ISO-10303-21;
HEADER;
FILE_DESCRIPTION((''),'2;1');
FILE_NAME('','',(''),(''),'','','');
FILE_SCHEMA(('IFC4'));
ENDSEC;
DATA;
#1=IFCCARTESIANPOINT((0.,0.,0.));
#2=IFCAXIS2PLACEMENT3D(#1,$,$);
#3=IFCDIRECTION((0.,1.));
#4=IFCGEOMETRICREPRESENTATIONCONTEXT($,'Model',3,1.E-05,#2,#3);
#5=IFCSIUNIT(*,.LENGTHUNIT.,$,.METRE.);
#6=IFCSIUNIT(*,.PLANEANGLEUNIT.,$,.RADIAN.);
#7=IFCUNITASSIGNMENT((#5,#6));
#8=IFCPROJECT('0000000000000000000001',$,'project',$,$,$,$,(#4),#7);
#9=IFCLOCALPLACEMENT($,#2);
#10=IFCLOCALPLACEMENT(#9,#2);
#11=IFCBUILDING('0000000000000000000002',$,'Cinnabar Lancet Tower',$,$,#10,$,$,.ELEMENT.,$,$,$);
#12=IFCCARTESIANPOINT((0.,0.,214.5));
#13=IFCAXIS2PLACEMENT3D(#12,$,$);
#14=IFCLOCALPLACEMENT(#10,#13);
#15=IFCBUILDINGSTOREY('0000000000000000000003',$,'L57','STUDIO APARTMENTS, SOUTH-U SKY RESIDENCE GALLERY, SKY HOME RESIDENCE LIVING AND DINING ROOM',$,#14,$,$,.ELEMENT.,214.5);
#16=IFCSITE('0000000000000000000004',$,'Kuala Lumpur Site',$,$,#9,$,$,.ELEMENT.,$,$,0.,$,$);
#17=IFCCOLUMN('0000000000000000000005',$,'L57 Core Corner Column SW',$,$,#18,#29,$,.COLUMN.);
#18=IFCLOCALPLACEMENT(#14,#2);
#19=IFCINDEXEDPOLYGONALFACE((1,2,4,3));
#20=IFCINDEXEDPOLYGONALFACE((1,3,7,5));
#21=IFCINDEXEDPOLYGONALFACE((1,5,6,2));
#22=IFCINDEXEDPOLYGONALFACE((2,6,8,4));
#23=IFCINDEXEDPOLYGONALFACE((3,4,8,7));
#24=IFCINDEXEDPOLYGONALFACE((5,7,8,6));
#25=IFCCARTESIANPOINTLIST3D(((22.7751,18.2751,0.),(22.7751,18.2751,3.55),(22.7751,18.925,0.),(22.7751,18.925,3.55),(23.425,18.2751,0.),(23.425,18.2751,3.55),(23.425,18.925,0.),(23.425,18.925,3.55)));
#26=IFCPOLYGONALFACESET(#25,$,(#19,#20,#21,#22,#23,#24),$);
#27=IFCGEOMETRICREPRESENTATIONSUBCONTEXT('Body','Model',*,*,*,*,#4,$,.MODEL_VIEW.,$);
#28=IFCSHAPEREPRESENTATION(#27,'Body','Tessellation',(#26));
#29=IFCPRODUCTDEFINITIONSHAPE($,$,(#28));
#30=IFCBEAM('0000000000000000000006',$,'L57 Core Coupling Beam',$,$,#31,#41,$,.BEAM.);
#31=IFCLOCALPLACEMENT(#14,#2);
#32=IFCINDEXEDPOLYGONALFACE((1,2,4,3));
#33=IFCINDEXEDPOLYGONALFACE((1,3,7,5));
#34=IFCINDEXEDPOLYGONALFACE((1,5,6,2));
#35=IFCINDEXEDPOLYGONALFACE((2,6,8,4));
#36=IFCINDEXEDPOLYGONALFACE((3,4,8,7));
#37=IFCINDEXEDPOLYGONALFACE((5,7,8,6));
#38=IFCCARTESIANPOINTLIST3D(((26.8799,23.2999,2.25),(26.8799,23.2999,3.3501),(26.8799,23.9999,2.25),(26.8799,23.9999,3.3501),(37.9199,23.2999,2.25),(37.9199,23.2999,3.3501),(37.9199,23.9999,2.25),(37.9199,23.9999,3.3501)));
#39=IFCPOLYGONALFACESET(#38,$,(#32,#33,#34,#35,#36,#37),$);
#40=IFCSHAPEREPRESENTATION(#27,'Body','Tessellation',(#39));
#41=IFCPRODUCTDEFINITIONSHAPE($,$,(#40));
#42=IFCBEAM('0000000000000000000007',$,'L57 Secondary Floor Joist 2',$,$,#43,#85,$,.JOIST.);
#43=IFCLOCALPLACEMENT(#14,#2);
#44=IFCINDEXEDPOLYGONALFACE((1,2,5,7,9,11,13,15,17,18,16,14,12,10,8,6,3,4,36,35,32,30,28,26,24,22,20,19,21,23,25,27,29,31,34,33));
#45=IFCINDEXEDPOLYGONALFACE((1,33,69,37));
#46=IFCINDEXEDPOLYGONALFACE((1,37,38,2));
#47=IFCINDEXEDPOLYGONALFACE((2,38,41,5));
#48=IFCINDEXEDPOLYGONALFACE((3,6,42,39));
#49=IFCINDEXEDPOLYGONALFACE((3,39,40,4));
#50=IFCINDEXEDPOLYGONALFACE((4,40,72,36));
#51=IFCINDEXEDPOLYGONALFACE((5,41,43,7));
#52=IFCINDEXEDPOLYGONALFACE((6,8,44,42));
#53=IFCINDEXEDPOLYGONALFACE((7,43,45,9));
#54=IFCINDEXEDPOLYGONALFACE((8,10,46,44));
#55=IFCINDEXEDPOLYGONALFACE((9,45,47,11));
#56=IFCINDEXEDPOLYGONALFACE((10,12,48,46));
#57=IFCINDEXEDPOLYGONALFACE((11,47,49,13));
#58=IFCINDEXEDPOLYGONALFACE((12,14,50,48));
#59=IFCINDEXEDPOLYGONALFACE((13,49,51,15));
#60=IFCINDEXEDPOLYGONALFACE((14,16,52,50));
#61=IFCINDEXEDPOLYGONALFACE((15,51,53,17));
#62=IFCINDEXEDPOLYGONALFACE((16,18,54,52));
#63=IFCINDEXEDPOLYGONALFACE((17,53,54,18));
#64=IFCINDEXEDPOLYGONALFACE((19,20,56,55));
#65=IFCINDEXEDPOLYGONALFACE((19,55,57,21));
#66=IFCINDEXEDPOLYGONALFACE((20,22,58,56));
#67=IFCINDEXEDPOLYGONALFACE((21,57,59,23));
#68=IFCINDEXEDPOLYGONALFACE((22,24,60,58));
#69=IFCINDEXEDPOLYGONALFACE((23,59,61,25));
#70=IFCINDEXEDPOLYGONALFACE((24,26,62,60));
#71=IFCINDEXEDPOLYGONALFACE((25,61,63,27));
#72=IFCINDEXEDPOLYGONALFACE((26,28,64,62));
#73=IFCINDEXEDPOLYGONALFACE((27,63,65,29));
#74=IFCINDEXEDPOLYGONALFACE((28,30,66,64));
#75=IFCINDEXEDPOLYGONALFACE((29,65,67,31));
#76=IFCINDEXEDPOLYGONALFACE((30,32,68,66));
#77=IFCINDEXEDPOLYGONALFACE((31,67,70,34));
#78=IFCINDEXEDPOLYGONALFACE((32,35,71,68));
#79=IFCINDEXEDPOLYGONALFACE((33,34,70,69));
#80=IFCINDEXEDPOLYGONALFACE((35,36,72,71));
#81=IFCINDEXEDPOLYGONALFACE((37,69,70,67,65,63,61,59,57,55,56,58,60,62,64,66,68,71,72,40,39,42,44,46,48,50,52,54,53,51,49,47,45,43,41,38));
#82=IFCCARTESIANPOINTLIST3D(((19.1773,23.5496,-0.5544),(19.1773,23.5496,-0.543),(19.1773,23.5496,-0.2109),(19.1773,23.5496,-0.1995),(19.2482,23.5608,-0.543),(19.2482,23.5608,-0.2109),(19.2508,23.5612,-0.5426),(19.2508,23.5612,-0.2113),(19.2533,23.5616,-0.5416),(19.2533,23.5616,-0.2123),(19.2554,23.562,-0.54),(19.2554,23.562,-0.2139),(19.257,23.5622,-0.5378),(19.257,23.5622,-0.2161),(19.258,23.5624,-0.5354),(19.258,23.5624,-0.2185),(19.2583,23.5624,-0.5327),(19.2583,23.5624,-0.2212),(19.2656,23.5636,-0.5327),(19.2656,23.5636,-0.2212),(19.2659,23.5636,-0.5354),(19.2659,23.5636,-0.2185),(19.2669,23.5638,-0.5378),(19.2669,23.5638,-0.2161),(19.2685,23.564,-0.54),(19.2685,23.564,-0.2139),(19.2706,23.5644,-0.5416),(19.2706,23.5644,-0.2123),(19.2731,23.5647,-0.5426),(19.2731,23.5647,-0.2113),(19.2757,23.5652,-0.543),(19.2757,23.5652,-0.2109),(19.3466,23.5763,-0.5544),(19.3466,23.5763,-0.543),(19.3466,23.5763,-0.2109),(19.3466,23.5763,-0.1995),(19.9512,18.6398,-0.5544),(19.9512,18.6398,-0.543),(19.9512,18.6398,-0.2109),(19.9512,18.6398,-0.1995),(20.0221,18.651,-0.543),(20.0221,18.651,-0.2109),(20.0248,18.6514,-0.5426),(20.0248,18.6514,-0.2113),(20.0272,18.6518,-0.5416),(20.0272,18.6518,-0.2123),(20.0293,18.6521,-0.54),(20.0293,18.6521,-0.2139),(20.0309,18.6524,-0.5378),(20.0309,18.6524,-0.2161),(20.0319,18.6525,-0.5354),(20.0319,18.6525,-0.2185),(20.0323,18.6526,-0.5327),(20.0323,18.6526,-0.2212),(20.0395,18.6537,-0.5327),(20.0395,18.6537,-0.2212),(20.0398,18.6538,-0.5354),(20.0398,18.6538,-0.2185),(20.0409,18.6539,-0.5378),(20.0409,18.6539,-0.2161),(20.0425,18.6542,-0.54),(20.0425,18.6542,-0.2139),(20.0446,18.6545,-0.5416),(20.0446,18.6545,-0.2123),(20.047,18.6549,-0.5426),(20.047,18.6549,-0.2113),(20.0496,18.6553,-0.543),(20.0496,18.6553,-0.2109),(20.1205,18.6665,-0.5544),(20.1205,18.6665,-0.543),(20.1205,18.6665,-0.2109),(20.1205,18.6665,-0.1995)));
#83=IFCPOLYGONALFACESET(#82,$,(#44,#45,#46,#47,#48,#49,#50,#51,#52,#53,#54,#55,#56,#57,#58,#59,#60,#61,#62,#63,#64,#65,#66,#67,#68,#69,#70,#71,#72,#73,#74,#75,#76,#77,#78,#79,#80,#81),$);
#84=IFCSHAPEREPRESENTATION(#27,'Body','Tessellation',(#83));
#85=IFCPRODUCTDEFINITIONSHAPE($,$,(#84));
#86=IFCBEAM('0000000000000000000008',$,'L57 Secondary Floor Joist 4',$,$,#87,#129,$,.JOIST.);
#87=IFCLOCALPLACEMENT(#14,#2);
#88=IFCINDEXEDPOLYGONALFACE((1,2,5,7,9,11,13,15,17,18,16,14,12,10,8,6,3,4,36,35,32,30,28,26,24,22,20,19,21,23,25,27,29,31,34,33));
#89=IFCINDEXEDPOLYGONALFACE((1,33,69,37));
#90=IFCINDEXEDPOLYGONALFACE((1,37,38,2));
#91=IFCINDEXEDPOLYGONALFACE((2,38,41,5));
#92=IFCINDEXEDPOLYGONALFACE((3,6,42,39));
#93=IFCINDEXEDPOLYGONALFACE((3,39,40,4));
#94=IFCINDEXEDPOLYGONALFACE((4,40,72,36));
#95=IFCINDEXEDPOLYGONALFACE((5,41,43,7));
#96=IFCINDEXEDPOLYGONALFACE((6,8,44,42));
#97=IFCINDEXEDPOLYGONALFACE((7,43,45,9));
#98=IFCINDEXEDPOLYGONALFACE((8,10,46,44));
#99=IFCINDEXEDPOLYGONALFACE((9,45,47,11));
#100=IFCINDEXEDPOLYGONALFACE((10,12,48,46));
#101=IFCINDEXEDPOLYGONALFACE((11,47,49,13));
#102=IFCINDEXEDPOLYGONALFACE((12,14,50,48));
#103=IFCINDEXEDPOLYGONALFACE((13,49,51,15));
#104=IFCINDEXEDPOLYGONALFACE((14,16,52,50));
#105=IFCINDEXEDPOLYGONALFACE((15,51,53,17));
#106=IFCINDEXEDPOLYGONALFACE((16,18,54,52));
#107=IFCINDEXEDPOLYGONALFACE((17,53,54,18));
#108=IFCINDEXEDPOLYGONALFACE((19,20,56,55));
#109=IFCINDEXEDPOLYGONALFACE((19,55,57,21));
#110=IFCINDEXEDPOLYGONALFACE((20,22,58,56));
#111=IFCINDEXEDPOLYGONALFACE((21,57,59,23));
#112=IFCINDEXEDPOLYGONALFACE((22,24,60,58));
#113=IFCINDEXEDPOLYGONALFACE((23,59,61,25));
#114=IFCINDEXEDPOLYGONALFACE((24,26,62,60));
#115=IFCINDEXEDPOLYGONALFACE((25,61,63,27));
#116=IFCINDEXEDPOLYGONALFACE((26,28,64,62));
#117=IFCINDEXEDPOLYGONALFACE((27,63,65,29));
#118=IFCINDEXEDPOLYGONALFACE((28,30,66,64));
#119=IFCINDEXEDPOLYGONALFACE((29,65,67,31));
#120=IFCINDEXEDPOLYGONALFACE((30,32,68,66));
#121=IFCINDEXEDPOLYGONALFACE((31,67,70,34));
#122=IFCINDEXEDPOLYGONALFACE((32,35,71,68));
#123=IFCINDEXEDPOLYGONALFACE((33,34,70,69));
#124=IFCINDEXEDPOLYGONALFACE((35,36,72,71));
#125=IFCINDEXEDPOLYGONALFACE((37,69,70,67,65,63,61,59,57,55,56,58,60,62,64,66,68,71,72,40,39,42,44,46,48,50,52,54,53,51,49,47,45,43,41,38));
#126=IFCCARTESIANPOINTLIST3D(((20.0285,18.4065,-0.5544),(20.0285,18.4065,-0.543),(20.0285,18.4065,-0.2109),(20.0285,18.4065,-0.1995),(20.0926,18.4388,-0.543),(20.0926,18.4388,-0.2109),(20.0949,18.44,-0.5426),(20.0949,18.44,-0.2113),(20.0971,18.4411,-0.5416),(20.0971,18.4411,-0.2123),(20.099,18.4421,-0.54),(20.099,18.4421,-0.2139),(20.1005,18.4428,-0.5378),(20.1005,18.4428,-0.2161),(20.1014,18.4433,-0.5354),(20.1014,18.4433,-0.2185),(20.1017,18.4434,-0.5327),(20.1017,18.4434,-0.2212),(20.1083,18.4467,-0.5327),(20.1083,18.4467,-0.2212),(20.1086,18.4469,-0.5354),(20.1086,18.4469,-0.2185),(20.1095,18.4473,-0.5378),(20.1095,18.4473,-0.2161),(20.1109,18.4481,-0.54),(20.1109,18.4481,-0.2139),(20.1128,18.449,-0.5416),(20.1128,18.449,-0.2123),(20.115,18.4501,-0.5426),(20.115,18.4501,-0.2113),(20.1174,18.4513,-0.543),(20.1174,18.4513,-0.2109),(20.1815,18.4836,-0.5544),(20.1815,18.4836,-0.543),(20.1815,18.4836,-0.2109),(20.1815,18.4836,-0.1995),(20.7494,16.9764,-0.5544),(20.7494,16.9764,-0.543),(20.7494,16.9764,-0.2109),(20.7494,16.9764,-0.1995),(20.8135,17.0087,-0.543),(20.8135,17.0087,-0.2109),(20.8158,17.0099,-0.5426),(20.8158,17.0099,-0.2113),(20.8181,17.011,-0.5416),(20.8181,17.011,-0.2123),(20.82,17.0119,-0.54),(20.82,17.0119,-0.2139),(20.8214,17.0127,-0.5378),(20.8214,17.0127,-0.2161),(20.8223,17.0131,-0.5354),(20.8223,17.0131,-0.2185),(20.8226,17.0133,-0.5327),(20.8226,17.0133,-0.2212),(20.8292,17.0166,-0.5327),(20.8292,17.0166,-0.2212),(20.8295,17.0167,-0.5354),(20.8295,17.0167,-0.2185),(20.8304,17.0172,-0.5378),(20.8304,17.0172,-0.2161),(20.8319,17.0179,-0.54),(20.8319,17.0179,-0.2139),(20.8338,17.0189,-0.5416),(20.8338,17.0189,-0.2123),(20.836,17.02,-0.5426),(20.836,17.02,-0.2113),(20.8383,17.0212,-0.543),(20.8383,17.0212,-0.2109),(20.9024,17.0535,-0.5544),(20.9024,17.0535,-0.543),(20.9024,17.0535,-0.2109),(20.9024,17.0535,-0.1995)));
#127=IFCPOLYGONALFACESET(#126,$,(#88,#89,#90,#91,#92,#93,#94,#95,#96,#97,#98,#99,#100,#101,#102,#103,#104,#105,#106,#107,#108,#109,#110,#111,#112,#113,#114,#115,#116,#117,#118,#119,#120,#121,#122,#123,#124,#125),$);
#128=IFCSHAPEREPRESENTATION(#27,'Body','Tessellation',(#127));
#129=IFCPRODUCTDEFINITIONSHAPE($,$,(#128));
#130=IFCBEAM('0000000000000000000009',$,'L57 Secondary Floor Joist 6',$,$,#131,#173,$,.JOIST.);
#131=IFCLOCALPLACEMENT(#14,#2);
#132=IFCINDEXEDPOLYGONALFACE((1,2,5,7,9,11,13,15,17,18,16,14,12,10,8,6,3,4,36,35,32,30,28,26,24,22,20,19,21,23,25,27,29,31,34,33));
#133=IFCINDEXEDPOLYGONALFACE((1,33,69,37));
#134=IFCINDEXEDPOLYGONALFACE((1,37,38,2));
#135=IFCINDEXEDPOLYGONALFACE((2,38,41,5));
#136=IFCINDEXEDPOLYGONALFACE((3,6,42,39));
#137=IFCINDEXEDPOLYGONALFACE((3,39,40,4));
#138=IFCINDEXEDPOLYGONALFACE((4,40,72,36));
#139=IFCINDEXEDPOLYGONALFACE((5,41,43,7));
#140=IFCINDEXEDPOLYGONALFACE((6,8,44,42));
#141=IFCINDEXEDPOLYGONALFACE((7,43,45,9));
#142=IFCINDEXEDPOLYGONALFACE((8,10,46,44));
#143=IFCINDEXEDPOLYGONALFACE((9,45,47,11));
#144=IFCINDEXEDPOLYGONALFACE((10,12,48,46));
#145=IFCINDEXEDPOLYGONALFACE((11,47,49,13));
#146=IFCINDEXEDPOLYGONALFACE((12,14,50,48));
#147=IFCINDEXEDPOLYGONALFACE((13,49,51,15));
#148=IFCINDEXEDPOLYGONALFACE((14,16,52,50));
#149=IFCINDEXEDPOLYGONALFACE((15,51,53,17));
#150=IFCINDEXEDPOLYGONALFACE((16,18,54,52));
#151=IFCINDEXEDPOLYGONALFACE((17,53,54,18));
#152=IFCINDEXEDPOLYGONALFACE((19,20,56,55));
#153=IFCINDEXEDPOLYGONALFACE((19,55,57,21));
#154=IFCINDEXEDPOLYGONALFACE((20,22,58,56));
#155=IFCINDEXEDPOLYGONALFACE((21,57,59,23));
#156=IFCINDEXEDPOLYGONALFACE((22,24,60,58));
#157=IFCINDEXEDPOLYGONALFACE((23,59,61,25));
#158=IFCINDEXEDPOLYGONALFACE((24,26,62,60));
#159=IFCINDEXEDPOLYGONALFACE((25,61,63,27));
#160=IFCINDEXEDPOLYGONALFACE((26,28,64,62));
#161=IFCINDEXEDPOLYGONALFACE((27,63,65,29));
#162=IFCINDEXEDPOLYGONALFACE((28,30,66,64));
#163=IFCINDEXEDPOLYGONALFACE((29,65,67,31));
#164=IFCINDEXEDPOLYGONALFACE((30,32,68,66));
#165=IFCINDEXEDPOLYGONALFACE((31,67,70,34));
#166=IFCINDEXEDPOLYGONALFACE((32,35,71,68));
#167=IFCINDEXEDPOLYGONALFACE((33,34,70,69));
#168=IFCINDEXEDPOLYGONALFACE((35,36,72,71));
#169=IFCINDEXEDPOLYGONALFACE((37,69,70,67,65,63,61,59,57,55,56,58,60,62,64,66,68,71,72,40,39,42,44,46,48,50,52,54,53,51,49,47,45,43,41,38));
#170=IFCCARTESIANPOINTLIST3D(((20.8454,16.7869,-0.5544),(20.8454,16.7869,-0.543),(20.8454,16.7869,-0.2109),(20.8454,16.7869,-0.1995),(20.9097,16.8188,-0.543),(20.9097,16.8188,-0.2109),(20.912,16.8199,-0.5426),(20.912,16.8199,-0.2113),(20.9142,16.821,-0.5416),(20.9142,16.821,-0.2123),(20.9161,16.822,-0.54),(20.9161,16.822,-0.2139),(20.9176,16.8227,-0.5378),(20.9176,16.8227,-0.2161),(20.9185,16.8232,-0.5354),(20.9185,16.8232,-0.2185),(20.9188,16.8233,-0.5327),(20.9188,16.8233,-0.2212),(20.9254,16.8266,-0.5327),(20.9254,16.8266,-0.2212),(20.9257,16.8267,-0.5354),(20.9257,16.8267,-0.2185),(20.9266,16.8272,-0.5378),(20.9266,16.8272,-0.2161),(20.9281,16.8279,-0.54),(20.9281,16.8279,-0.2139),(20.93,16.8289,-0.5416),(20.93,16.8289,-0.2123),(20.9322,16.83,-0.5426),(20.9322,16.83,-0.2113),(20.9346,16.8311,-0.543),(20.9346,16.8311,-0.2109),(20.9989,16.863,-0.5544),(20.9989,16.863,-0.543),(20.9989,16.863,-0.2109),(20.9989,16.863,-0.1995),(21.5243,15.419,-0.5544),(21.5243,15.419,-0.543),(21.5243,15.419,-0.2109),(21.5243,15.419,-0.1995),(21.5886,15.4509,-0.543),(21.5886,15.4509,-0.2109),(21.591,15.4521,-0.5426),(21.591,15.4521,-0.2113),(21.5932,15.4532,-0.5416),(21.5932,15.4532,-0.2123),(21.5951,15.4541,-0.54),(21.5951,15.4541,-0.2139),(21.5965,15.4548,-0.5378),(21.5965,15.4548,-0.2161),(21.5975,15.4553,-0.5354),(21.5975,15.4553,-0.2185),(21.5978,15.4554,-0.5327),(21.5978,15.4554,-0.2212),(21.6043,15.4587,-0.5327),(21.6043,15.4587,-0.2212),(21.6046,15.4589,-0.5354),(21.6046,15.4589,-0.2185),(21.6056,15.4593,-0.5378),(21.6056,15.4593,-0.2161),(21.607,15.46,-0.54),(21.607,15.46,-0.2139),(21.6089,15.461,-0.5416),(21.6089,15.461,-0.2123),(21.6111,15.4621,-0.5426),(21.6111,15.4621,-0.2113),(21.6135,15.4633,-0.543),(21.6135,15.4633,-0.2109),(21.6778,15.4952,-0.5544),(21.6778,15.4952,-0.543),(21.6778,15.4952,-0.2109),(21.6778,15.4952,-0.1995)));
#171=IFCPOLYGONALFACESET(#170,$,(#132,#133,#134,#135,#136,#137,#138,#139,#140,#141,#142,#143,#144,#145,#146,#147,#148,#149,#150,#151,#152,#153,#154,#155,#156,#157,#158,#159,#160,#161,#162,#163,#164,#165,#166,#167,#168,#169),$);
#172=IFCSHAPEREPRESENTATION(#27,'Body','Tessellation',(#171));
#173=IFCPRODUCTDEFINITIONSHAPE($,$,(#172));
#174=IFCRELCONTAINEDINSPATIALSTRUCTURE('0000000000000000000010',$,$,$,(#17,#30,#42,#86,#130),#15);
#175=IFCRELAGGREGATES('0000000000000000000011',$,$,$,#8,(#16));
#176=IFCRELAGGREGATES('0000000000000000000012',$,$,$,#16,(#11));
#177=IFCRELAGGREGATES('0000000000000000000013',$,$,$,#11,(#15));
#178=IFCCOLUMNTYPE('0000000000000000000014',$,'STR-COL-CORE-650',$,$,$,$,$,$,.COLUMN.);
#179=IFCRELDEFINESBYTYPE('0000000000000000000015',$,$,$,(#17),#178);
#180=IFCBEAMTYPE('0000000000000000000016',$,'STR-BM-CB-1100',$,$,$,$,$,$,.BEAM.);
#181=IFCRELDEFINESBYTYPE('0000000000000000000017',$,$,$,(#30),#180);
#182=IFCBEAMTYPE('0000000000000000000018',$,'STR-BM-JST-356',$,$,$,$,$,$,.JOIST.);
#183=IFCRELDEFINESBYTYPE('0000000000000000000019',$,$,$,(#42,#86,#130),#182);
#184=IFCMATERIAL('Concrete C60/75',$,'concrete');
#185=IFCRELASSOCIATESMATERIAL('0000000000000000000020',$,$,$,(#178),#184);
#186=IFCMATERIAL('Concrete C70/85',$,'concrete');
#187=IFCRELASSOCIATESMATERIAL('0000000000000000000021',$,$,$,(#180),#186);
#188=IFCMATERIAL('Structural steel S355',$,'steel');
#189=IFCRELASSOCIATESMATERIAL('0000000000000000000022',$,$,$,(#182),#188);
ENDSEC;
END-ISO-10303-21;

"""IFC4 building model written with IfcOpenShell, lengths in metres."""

from ifc_helpers import new_model, si_unit, direction, frame, origin, origin_2d, place, context, subcontext, project, spatial, rectangle, i_section, extrude, material, material_profile, profile_set, type_object, element, save


model = new_model("IFC4")

# Units and contexts
model_context = context("Model", 3, precision=1e-05, world=origin(), true_north=direction((0.0, 1.0)))
body_context = subcontext(model_context, "Body", "Model", "MODEL_VIEW")
ifc_project = project(units=[si_unit("LENGTHUNIT", "METRE"), si_unit("PLANEANGLEUNIT", "RADIAN")], contexts=[model_context])

# Site, building, storey
site_placement = place(None, origin())
site = spatial("IfcSite", under=ifc_project, at=site_placement, Name="Kuala Lumpur Site", CompositionType="ELEMENT", RefElevation=0.0)
building_placement = place(site_placement, origin())
building = spatial("IfcBuilding", under=site, at=building_placement, Name="Cinnabar Lancet Tower", CompositionType="ELEMENT")
storey_placement = place(building_placement, frame((0.0, 0.0, 214.5)))
storey = spatial("IfcBuildingStorey", under=building, at=storey_placement, Name="L57", Description="STUDIO APARTMENTS, SOUTH-U SKY RESIDENCE GALLERY, SKY HOME RESIDENCE LIVING AND DINING ROOM", CompositionType="ELEMENT", Elevation=214.5)

# Column
ifc_material_1 = material(Name="Concrete C60/75", Category="concrete")
ifc_material_profile_1 = material_profile(ifc_material_1, rectangle(XDim=0.6499, YDim=0.6499, at=origin_2d()), Name="RC-COL 650x650")
ifc_profile_set_1 = profile_set([ifc_material_profile_1], Name="Concrete C60/75")
column_type = type_object("IfcColumnType", Name="STR-COL-CORE-650", PredefinedType="COLUMN", material=ifc_profile_set_1)
column_placement = place(storey_placement, frame((23.1001, 18.6001, 0.0), z_axis=(0.0, 0.0, 1.0), x_axis=(1.0, 0.0, 0.0)))
element("IfcColumn", 1, at=column_placement, inside=storey, type_object=column_type, Name="L57 Core Corner Column SW", PredefinedType="COLUMN", context=body_context, shape_type="SweptSolid", body=[
    extrude(rectangle(XDim=0.6499, YDim=0.6499, at=origin_2d()), origin(), (0.0, 0.0, 1.0), 3.55),
])

# Beams
ifc_material_2 = material(Name="Concrete C70/85", Category="concrete")
ifc_material_profile_2 = material_profile(ifc_material_2, rectangle(XDim=0.7, YDim=1.1001, at=origin_2d()), Name="RC-CB 700x1100")
ifc_profile_set_2 = profile_set([ifc_material_profile_2], Name="Concrete C70/85")
beam_type_1 = type_object("IfcBeamType", Name="STR-BM-CB-1100", PredefinedType="BEAM", material=ifc_profile_set_2)
beam_1_placement = place(storey_placement, frame((26.8799, 23.6499, 2.8), z_axis=(1.0, 0.0, 0.0), x_axis=(0.0, 1.0, 0.0)))
element("IfcBeam", 2, at=beam_1_placement, inside=storey, type_object=beam_type_1, Name="L57 Core Coupling Beam", PredefinedType="BEAM", context=body_context, shape_type="SweptSolid", body=[
    extrude(rectangle(XDim=0.7, YDim=1.1001, at=origin_2d()), origin(), (0.0, 0.0, 1.0), 11.04),
])
ifc_material_3 = material(Name="Structural steel S355", Category="steel")
ifc_material_profile_3 = material_profile(ifc_material_3, i_section(OverallWidth=0.1714, OverallDepth=0.355, WebThickness=0.0073, FlangeThickness=0.0115, FilletRadius=0.0103, at=origin_2d()), Name="UKB 356x171x51")
ifc_profile_set_3 = profile_set([ifc_material_profile_3], Name="Structural steel S355")
beam_type_2 = type_object("IfcBeamType", Name="STR-BM-JST-356", PredefinedType="JOIST", material=ifc_profile_set_3)
beam_2_placement = place(storey_placement, frame((19.262, 23.563, -0.377), z_axis=(0.155703, -0.987804, 0.0), x_axis=(0.987804, 0.155703, 0.0)))
element("IfcBeam", 3, at=beam_2_placement, inside=storey, type_object=beam_type_2, Name="L57 Secondary Floor Joist 2", PredefinedType="JOIST", context=body_context, shape_type="SweptSolid", body=[
    extrude(i_section(OverallWidth=0.1714, OverallDepth=0.355, WebThickness=0.0073, FlangeThickness=0.0115, FilletRadius=0.0103, at=origin_2d()), origin(), (0.0, 0.0, 1.0), 4.9705),
])
beam_3_placement = place(storey_placement, frame((20.105, 18.4451, -0.377), z_axis=(0.450138, -0.892959, 0.0), x_axis=(0.892959, 0.450138, 0.0)))
element("IfcBeam", 4, at=beam_3_placement, inside=storey, type_object=beam_type_2, Name="L57 Secondary Floor Joist 4", PredefinedType="JOIST", context=body_context, shape_type="SweptSolid", body=[
    extrude(i_section(OverallWidth=0.1714, OverallDepth=0.355, WebThickness=0.0073, FlangeThickness=0.0115, FilletRadius=0.0103, at=origin_2d()), origin(), (0.0, 0.0, 1.0), 1.6016),
])
beam_4_placement = place(storey_placement, frame((20.9221, 16.825, -0.377), z_axis=(0.44459, -0.895734, 0.0), x_axis=(0.895734, 0.44459, 0.0)))
element("IfcBeam", 5, at=beam_4_placement, inside=storey, type_object=beam_type_2, Name="L57 Secondary Floor Joist 6", PredefinedType="JOIST", context=body_context, shape_type="SweptSolid", body=[
    extrude(i_section(OverallWidth=0.1714, OverallDepth=0.355, WebThickness=0.0073, FlangeThickness=0.0115, FilletRadius=0.0103, at=origin_2d()), origin(), (0.0, 0.0, 1.0), 1.5271),
])

save(model, "model.ifc")
